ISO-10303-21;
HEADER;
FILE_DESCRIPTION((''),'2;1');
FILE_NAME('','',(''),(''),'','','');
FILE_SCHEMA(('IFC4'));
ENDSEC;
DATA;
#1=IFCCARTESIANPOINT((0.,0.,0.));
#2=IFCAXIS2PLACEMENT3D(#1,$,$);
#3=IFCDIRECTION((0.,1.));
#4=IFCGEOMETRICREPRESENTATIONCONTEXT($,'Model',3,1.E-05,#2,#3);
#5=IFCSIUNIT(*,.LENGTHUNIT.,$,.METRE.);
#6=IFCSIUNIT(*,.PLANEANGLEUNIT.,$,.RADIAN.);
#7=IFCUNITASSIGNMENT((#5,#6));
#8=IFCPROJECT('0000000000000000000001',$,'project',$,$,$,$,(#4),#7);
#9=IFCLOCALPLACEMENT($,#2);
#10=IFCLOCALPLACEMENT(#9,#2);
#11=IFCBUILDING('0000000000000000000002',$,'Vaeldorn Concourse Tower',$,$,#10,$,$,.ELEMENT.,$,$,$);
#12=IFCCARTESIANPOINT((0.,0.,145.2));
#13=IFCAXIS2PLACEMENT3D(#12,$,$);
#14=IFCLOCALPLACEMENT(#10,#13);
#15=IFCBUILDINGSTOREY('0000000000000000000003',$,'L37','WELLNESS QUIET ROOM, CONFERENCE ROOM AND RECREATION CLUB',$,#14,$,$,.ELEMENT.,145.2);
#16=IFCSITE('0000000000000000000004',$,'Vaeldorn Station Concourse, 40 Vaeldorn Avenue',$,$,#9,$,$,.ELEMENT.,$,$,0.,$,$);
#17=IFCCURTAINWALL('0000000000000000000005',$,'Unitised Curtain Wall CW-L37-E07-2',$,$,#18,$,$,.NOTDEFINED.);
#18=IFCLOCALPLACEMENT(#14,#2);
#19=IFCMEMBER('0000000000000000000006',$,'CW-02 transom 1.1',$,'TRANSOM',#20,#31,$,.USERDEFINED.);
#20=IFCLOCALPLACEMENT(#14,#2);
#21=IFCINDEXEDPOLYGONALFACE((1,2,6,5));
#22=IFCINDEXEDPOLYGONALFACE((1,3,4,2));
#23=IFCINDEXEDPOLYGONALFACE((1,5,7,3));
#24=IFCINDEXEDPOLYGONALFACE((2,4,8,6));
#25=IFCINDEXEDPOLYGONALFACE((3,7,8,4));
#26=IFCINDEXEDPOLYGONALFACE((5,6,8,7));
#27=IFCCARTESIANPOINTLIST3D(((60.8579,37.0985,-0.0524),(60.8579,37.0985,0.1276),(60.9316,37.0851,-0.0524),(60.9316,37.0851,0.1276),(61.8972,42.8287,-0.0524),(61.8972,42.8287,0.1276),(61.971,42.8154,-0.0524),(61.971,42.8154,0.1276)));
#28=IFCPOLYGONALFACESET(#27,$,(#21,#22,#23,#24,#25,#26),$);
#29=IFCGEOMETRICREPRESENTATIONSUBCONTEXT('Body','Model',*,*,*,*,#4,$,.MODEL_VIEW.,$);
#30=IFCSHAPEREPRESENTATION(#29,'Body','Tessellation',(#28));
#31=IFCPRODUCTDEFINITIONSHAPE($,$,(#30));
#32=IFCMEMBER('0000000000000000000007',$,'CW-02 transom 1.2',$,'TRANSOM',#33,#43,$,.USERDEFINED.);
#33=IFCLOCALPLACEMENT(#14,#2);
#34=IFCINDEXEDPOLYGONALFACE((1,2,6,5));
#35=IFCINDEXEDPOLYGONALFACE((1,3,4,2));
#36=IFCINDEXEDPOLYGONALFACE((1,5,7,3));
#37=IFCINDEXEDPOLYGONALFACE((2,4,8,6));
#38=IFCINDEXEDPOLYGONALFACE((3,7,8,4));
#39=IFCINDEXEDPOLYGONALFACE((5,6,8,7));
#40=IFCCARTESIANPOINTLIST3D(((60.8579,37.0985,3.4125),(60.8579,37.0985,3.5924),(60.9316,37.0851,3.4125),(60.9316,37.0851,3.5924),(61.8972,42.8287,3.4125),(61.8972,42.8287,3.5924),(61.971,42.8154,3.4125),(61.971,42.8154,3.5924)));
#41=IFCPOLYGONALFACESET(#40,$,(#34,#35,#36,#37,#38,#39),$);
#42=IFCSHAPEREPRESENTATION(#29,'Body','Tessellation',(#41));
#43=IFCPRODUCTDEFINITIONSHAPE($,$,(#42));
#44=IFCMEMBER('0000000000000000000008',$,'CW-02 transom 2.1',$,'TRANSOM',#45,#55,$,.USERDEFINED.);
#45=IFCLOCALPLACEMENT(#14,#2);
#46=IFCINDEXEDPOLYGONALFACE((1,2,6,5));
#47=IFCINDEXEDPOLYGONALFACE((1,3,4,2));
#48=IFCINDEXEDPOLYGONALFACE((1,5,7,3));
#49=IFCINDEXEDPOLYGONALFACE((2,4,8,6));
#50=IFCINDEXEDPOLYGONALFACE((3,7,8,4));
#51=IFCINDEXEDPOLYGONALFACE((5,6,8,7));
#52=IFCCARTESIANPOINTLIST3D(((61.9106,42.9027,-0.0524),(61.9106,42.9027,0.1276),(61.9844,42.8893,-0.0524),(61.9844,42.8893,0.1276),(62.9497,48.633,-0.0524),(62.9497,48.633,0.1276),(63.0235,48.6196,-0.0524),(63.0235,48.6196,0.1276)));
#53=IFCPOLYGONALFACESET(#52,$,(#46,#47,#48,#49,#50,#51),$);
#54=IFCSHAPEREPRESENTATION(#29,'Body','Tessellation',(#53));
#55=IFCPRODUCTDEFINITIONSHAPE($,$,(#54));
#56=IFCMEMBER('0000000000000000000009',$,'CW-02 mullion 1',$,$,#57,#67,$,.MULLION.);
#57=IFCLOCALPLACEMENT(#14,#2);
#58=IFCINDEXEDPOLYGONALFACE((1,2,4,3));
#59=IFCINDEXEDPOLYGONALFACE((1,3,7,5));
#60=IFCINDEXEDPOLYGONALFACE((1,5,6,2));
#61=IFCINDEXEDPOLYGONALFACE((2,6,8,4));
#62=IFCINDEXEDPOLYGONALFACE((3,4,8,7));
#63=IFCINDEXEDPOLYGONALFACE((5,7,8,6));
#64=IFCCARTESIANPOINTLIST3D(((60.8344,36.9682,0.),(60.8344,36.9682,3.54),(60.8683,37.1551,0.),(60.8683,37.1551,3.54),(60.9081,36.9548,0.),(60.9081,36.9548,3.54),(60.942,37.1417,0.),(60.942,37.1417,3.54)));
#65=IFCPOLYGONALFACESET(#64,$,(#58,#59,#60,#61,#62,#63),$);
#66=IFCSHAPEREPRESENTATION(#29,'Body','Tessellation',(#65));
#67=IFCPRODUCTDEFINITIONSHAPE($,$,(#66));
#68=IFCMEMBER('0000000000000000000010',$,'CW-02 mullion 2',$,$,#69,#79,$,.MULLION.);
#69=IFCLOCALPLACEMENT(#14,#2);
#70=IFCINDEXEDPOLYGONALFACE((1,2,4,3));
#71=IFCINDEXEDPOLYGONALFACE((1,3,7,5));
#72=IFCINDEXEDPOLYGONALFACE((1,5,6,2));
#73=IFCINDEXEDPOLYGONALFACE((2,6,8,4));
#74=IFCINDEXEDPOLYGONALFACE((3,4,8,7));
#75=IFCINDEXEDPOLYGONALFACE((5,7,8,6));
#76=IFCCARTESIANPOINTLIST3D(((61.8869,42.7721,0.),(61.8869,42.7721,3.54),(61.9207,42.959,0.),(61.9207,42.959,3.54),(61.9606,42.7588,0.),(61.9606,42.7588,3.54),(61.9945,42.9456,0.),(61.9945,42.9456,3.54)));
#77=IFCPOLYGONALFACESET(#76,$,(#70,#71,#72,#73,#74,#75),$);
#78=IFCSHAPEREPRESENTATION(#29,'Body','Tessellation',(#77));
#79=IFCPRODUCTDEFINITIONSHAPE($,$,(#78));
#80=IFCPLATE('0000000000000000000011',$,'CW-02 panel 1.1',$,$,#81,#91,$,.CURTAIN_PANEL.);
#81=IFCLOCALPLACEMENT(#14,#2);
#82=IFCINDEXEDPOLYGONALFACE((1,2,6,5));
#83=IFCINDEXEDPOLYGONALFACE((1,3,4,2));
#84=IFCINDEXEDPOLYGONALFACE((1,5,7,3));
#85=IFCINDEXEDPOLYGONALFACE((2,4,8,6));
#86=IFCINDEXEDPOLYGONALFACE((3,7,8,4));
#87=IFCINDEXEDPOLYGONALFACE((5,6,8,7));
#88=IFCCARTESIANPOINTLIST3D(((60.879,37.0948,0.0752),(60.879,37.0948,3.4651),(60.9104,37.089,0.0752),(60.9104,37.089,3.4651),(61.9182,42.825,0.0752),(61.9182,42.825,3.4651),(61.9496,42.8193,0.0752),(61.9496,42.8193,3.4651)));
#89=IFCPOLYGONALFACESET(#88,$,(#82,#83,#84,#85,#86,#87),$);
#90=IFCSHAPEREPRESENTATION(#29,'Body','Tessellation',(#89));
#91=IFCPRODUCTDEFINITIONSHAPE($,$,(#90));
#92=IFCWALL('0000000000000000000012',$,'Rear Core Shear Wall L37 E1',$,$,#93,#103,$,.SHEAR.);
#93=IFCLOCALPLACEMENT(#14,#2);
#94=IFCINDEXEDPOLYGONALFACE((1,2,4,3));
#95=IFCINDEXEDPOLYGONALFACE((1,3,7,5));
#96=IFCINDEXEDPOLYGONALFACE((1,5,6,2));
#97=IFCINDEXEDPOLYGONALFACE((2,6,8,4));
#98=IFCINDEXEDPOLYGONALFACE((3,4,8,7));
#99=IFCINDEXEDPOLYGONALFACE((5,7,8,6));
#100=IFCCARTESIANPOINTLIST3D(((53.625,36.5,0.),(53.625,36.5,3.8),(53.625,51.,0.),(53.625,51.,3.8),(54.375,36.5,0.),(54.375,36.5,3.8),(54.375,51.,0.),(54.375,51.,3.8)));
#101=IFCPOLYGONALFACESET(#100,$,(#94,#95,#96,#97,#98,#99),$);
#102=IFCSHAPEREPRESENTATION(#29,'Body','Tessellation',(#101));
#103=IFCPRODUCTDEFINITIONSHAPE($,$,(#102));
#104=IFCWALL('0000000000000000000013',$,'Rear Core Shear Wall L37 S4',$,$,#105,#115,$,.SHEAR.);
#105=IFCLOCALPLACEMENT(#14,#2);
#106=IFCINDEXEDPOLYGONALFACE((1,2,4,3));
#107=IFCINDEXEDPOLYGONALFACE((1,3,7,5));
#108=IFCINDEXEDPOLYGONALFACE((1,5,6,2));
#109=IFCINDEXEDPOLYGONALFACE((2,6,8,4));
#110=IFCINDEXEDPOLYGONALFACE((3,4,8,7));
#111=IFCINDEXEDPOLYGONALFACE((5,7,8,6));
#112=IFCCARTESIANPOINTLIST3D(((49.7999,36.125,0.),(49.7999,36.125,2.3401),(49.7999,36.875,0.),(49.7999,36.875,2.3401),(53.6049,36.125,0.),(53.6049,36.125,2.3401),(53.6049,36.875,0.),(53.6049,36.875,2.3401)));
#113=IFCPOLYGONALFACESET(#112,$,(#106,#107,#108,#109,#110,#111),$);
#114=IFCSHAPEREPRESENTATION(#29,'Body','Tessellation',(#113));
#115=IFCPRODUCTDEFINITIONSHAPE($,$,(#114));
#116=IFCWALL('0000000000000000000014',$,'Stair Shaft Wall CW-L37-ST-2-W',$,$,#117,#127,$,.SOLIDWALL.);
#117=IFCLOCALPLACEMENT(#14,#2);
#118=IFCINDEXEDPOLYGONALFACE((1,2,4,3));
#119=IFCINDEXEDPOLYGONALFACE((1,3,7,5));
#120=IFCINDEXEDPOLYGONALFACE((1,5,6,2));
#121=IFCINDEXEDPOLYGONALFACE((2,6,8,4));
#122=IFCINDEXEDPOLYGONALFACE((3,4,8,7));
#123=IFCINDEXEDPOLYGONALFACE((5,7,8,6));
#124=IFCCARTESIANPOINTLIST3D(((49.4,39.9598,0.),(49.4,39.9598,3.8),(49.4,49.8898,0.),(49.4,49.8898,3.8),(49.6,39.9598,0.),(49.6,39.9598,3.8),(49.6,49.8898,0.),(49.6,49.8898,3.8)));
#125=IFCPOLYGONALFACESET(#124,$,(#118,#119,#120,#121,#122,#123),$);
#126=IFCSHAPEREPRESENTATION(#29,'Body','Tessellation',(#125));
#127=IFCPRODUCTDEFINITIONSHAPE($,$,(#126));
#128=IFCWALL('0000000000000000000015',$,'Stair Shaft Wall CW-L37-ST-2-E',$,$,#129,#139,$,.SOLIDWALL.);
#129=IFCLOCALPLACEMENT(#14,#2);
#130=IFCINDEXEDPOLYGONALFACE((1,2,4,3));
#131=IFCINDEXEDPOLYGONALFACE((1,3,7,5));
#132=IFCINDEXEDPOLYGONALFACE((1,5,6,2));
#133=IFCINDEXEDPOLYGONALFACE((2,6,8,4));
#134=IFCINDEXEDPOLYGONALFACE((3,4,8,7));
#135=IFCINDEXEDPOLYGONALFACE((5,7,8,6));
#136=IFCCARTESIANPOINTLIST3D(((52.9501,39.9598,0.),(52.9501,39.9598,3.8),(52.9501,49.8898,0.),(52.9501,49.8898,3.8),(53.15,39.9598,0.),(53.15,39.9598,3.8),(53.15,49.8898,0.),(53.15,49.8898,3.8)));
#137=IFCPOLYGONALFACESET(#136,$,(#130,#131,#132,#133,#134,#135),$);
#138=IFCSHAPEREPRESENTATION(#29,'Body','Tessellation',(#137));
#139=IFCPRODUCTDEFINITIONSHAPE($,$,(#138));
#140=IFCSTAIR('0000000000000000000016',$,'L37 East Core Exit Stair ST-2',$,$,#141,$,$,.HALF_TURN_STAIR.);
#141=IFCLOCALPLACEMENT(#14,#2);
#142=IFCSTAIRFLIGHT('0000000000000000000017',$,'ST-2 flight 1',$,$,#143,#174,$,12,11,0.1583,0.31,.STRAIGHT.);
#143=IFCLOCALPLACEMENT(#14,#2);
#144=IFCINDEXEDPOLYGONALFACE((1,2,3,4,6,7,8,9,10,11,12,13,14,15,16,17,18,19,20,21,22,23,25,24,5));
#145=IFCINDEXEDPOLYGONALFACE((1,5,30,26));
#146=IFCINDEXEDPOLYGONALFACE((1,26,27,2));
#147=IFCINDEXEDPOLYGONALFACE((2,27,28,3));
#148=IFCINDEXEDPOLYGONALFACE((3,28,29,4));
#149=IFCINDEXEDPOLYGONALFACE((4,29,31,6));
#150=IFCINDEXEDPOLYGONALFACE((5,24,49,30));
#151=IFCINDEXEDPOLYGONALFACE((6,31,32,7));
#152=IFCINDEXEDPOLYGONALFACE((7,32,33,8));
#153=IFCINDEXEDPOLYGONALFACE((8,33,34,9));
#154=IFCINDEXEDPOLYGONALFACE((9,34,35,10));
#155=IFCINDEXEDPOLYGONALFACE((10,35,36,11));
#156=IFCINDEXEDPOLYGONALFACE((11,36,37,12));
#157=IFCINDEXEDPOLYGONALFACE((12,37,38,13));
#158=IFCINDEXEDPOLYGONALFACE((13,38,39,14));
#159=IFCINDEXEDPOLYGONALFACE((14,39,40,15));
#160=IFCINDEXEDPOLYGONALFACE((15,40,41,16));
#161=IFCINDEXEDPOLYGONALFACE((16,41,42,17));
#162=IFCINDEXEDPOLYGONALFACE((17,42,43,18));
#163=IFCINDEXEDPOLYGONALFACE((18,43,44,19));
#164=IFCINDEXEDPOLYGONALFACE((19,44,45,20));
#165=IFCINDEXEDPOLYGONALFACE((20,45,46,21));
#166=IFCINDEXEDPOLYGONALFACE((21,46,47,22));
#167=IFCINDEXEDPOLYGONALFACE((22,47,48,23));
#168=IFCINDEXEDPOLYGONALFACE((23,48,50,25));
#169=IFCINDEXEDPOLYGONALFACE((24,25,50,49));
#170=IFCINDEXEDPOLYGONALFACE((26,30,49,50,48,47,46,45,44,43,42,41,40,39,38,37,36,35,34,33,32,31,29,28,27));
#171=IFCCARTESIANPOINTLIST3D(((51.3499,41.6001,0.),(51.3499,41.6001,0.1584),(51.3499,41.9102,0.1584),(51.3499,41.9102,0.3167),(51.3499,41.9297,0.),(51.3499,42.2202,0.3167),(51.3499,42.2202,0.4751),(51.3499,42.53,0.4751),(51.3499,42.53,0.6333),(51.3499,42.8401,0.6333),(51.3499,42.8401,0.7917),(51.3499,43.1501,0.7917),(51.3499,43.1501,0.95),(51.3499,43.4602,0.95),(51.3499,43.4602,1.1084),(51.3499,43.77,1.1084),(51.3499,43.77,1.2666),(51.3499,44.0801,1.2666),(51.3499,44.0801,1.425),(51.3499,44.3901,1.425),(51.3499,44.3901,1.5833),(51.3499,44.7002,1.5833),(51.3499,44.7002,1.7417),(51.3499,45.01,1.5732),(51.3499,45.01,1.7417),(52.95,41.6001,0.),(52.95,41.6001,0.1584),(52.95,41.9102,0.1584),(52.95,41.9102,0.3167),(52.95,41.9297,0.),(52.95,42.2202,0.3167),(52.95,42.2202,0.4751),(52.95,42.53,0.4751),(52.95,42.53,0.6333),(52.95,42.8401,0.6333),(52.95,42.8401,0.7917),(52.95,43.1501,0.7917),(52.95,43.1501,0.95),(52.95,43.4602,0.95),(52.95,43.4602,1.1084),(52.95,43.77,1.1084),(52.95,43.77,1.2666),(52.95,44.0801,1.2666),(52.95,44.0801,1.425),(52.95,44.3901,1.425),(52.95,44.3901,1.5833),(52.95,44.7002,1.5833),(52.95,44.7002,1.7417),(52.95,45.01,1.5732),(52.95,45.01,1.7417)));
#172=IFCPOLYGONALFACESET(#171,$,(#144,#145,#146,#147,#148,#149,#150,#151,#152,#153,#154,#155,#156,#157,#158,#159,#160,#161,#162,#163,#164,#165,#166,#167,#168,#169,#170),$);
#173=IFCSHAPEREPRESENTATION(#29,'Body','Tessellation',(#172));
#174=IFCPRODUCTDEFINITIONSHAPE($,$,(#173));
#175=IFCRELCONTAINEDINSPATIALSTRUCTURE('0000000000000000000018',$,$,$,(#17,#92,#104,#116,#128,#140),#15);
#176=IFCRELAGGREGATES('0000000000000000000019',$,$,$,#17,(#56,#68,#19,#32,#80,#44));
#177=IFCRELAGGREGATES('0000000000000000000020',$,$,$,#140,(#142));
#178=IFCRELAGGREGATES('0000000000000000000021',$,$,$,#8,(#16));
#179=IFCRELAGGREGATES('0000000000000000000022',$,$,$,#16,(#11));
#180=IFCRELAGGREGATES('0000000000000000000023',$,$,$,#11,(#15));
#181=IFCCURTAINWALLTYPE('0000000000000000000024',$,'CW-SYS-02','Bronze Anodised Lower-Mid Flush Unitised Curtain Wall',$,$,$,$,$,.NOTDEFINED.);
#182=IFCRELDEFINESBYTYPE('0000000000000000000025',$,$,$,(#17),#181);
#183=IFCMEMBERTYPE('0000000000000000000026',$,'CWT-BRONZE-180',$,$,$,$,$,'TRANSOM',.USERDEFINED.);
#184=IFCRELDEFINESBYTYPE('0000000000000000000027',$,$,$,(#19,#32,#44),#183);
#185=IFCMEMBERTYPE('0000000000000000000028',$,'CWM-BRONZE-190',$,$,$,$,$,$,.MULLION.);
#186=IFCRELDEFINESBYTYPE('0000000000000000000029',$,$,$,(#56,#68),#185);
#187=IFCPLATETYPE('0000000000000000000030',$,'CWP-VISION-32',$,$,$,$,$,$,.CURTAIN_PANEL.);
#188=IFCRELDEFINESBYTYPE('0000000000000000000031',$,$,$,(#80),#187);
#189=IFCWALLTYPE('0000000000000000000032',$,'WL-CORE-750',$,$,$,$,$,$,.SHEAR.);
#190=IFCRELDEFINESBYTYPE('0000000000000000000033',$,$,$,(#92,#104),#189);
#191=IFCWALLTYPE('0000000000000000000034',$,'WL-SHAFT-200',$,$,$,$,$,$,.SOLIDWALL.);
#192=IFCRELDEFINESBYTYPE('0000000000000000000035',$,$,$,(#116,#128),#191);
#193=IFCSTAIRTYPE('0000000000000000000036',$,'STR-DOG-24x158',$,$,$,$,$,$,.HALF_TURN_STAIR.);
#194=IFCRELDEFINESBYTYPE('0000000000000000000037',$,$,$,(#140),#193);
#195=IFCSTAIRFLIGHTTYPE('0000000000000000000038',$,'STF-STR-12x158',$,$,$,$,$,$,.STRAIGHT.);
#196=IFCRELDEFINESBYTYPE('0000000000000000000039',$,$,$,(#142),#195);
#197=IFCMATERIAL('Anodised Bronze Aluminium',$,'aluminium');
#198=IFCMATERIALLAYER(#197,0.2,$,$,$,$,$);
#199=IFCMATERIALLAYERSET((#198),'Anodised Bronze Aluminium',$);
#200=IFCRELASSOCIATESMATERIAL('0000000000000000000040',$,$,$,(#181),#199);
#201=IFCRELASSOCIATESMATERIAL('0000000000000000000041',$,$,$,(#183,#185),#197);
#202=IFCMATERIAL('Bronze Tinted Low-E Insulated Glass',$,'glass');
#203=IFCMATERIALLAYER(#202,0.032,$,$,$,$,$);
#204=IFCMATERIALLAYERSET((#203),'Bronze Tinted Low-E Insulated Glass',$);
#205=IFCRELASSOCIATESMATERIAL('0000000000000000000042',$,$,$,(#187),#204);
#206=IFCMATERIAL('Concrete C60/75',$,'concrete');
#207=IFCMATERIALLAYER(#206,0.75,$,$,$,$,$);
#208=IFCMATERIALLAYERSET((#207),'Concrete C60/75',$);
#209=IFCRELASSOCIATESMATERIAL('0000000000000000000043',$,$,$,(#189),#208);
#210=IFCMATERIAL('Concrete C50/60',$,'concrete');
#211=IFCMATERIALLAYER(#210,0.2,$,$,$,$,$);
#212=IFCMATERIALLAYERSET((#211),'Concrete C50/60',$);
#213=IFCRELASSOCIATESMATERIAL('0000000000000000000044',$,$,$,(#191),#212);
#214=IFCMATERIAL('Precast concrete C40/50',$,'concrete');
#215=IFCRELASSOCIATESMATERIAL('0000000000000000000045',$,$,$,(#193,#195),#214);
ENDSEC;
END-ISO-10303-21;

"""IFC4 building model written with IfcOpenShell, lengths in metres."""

from ifc_helpers import new_model, si_unit, direction, frame, frame_2d, origin, origin_2d, place, context, subcontext, project, spatial, polyline, rectangle, outline, extrude, source, transform, mapped, material, layer, layer_set, material_profile, profile_set, type_object, element, aggregate, save


model = new_model("IFC4")

# Units and contexts
model_context = context("Model", 3, precision=1e-05, world=origin(), true_north=direction((0.0, 1.0)))
body_context = subcontext(model_context, "Body", "Model", "MODEL_VIEW")
ifc_project = project(units=[si_unit("LENGTHUNIT", "METRE"), si_unit("PLANEANGLEUNIT", "RADIAN")], contexts=[model_context])

# Site, building, storey
site_placement = place(None, origin())
site = spatial("IfcSite", under=ifc_project, at=site_placement, Name="Vaeldorn Station Concourse, 40 Vaeldorn Avenue", CompositionType="ELEMENT", RefElevation=0.0)
building_placement = place(site_placement, origin())
building = spatial("IfcBuilding", under=site, at=building_placement, Name="Vaeldorn Concourse Tower", CompositionType="ELEMENT")
storey_placement = place(building_placement, frame((0.0, 0.0, 145.2)))
storey = spatial("IfcBuildingStorey", under=building, at=storey_placement, Name="L37", Description="WELLNESS QUIET ROOM, CONFERENCE ROOM AND RECREATION CLUB", CompositionType="ELEMENT", Elevation=145.2)

# Shared definitions
ifc_material_1 = material(Name="Concrete C50/60", Category="concrete")

# Curtain wall, members, plate
ifc_material_2 = material(Name="Anodised Bronze Aluminium", Category="aluminium")
ifc_layer_1 = layer(ifc_material_2, 0.2)
ifc_layer_set_1 = layer_set([ifc_layer_1], Name="Anodised Bronze Aluminium")
curtain_wall_type = type_object("IfcCurtainWallType", Name="CW-SYS-02", Description="Bronze Anodised Lower-Mid Flush Unitised Curtain Wall", PredefinedType="NOTDEFINED", material=ifc_layer_set_1)
curtain_wall_placement = place(storey_placement, origin())
curtain_wall = element("IfcCurtainWall", 1, at=curtain_wall_placement, inside=storey, type_object=curtain_wall_type, Name="Unitised Curtain Wall CW-L37-E07-2", PredefinedType="NOTDEFINED")
ifc_material_profile_1 = material_profile(ifc_material_2, rectangle(XDim=0.075, YDim=0.1799, at=origin_2d()), Name="CWT 75x180")
ifc_profile_set_1 = profile_set([ifc_material_profile_1], Name="Anodised Bronze Aluminium")
member_type_1 = type_object("IfcMemberType", Name="CWT-BRONZE-180", ElementType="TRANSOM", PredefinedType="USERDEFINED", material=ifc_profile_set_1)
shared_shape_1 = source(origin(), body_context, "Body", "SweptSolid", [
    extrude(rectangle(XDim=0.075, YDim=0.1799, at=origin_2d()), origin(), (0.0, 0.0, 1.0), 5.8237),
])
member_1_placement = place(storey_placement, frame((60.8948, 37.0918, 0.0376), z_axis=(0.178461, 0.983947, 0.0), x_axis=(-0.983947, 0.178461, 0.0)))
member_1 = element("IfcMember", 2, at=member_1_placement, type_object=member_type_1, Name="CW-02 transom 1.1", ObjectType="TRANSOM", PredefinedType="USERDEFINED", context=body_context, shape_type="MappedRepresentation", body=[
    mapped(shared_shape_1, transform((0.0, 0.0, 0.0), scale=1.0)),
])
member_2_placement = place(storey_placement, frame((60.8948, 37.0918, 3.5024), z_axis=(0.178461, 0.983947, 0.0), x_axis=(-0.983947, 0.178461, 0.0)))
member_2 = element("IfcMember", 3, at=member_2_placement, type_object=member_type_1, Name="CW-02 transom 1.2", ObjectType="TRANSOM", PredefinedType="USERDEFINED", context=body_context, shape_type="MappedRepresentation", body=[
    mapped(shared_shape_1, transform((0.0, 0.0, 0.0), scale=1.0)),
])
member_3_placement = place(storey_placement, frame((61.9475, 42.896, 0.0376), z_axis=(0.178421, 0.983954, 0.0), x_axis=(-0.983954, 0.178421, 0.0)))
member_3 = element("IfcMember", 4, at=member_3_placement, type_object=member_type_1, Name="CW-02 transom 2.1", ObjectType="TRANSOM", PredefinedType="USERDEFINED", context=body_context, shape_type="MappedRepresentation", body=[
    mapped(shared_shape_1, transform((0.0, 0.0, 0.0), scale=1.0)),
])
ifc_material_profile_2 = material_profile(ifc_material_2, rectangle(XDim=0.075, YDim=0.1899, at=origin_2d()), Name="CWM 75x190")
ifc_profile_set_2 = profile_set([ifc_material_profile_2], Name="Anodised Bronze Aluminium")
member_type_2 = type_object("IfcMemberType", Name="CWM-BRONZE-190", PredefinedType="MULLION", material=ifc_profile_set_2)
shared_shape_2 = source(origin(), body_context, "Body", "SweptSolid", [
    extrude(rectangle(XDim=0.075, YDim=0.1899, at=origin_2d()), origin(), (0.0, 0.0, 1.0), 3.54),
])
member_4_placement = place(storey_placement, frame((60.8882, 37.0549, 0.0), z_axis=(0.0, 0.0, 1.0), x_axis=(-0.98395, 0.178445, 0.0)))
member_4 = element("IfcMember", 5, at=member_4_placement, type_object=member_type_2, Name="CW-02 mullion 1", PredefinedType="MULLION", context=body_context, shape_type="MappedRepresentation", body=[
    mapped(shared_shape_2, transform((0.0, 0.0, 0.0), scale=1.0)),
])
member_5_placement = place(storey_placement, frame((61.9407, 42.8589, 0.0), z_axis=(0.0, 0.0, 1.0), x_axis=(-0.98395, 0.178445, 0.0)))
member_5 = element("IfcMember", 6, at=member_5_placement, type_object=member_type_2, Name="CW-02 mullion 2", PredefinedType="MULLION", context=body_context, shape_type="MappedRepresentation", body=[
    mapped(shared_shape_2, transform((0.0, 0.0, 0.0), scale=1.0)),
])
ifc_material_3 = material(Name="Bronze Tinted Low-E Insulated Glass", Category="glass")
ifc_layer_2 = layer(ifc_material_3, 0.032)
ifc_layer_set_2 = layer_set([ifc_layer_2], Name="Bronze Tinted Low-E Insulated Glass")
plate_type = type_object("IfcPlateType", Name="CWP-VISION-32", PredefinedType="CURTAIN_PANEL", material=ifc_layer_set_2)
shared_shape_3 = source(origin(), body_context, "Body", "SweptSolid", [
    extrude(rectangle(XDim=5.8237, YDim=0.032, at=origin_2d()), origin(), (0.0, 0.0, 1.0), 3.3899),
])
plate_placement = place(storey_placement, frame((61.4143, 39.957, 0.0752), z_axis=(0.0, 0.0, 1.0), x_axis=(0.178445, 0.98395, 0.0)))
plate = element("IfcPlate", 7, at=plate_placement, type_object=plate_type, Name="CW-02 panel 1.1", PredefinedType="CURTAIN_PANEL", context=body_context, shape_type="MappedRepresentation", body=[
    mapped(shared_shape_3, transform((0.0, 0.0, 0.0), scale=1.0)),
])
aggregate(curtain_wall, [member_4, member_5, member_1, member_2, plate, member_3])

# Walls
ifc_material_4 = material(Name="Concrete C60/75", Category="concrete")
ifc_layer_3 = layer(ifc_material_4, 0.75)
ifc_layer_set_3 = layer_set([ifc_layer_3], Name="Concrete C60/75")
wall_type_1 = type_object("IfcWallType", Name="WL-CORE-750", PredefinedType="SHEAR", material=ifc_layer_set_3)
wall_1_placement = place(storey_placement, frame((54.0, 36.5, 0.0), z_axis=(0.0, 0.0, 1.0), x_axis=(0.0, 1.0, 0.0)))
element("IfcWall", 8, at=wall_1_placement, inside=storey, type_object=wall_type_1, Name="Rear Core Shear Wall L37 E1", PredefinedType="SHEAR", context=body_context, shape_type="SweptSolid", body=[
    extrude(rectangle(XDim=14.5, YDim=0.75, at=frame_2d((7.25, 0.0))), origin(), (0.0, 0.0, 1.0), 3.8),
])
wall_2_placement = place(storey_placement, frame((49.8, 36.5, 0.0), z_axis=(0.0, 0.0, 1.0), x_axis=(1.0, 0.0, 0.0)))
element("IfcWall", 9, at=wall_2_placement, inside=storey, type_object=wall_type_1, Name="Rear Core Shear Wall L37 S4", PredefinedType="SHEAR", context=body_context, shape_type="SweptSolid", body=[
    extrude(rectangle(XDim=3.8049, YDim=0.75, at=frame_2d((1.9023, 0.0))), origin(), (0.0, 0.0, 1.0), 2.3401),
])

# Shared definitions
ifc_layer_4 = layer(ifc_material_1, 0.2)
ifc_layer_set_4 = layer_set([ifc_layer_4], Name="Concrete C50/60")
wall_type_2 = type_object("IfcWallType", Name="WL-SHAFT-200", PredefinedType="SOLIDWALL", material=ifc_layer_set_4)

# Walls
for number, where, z_axis, x_axis, name in (
    (10, (49.5, 39.96, 0.0), (0.0, 0.0, 1.0), (0.0, 1.0, 0.0), "Stair Shaft Wall CW-L37-ST-2-W"),
    (11, (53.05, 39.96, 0.0), (0.0, 0.0, 1.0), (0.0, 1.0, 0.0), "Stair Shaft Wall CW-L37-ST-2-E"),
):
    element("IfcWall", number, at=place(storey_placement, frame(where, z_axis=z_axis, x_axis=x_axis)), inside=storey, type_object=wall_type_2, Name=name, PredefinedType="SOLIDWALL", context=body_context, shape_type="SweptSolid", body=[
        extrude(rectangle(XDim=9.9299, YDim=0.2, at=frame_2d((4.9648, 0.0))), origin(), (0.0, 0.0, 1.0), 3.8),
    ])

# Stair, stair flight
ifc_material_5 = material(Name="Precast concrete C40/50", Category="concrete")
stair_type = type_object("IfcStairType", Name="STR-DOG-24x158", PredefinedType="HALF_TURN_STAIR", material=ifc_material_5)
stair_placement = place(storey_placement, origin())
stair = element("IfcStair", 12, at=stair_placement, inside=storey, type_object=stair_type, Name="L37 East Core Exit Stair ST-2", PredefinedType="HALF_TURN_STAIR")
stair_flight_type = type_object("IfcStairFlightType", Name="STF-STR-12x158", PredefinedType="STRAIGHT", material=ifc_material_5)
stair_flight_placement = place(storey_placement, frame((52.1499, 41.6001, 0.0), z_axis=(0.0, 0.0, 1.0), x_axis=(0.0, 1.0, 0.0)))
stair_flight = element("IfcStairFlight", 13, at=stair_flight_placement, type_object=stair_flight_type, Name="ST-2 flight 1", NumberOfRisers=12, NumberOfTreads=11, PredefinedType="STRAIGHT", RiserHeight=0.1583, TreadLength=0.31, context=body_context, shape_type="SweptSolid", body=[
    extrude(outline(polyline([(0.0, 0.0), (0.0, 0.1584), (0.3101, 0.1584), (0.3101, 0.3167), (0.6201, 0.3167), (0.6201, 0.4751), (0.9299, 0.4751), (0.9299, 0.6333), (1.24, 0.6333), (1.24, 0.7917), (1.55, 0.7917), (1.55, 0.95), (1.8601, 0.95), (1.8601, 1.1084), (2.1699, 1.1084), (2.1699, 1.2666), (2.48, 1.2666), (2.48, 1.425), (2.79, 1.425), (2.79, 1.5833), (3.1001, 1.5833), (3.1001, 1.7417), (3.4099, 1.7417), (3.4099, 1.8999), (3.4099, 1.5732), (0.3296, 0.0), (0.0, 0.0)])), frame((0.0, 0.8, 0.0), z_axis=(0.0, -1.0, 0.0), x_axis=(1.0, 0.0, 0.0)), (0.0, 0.0, 1.0), 1.6001),
])
aggregate(stair, [stair_flight])

save(model, "model.ifc")
